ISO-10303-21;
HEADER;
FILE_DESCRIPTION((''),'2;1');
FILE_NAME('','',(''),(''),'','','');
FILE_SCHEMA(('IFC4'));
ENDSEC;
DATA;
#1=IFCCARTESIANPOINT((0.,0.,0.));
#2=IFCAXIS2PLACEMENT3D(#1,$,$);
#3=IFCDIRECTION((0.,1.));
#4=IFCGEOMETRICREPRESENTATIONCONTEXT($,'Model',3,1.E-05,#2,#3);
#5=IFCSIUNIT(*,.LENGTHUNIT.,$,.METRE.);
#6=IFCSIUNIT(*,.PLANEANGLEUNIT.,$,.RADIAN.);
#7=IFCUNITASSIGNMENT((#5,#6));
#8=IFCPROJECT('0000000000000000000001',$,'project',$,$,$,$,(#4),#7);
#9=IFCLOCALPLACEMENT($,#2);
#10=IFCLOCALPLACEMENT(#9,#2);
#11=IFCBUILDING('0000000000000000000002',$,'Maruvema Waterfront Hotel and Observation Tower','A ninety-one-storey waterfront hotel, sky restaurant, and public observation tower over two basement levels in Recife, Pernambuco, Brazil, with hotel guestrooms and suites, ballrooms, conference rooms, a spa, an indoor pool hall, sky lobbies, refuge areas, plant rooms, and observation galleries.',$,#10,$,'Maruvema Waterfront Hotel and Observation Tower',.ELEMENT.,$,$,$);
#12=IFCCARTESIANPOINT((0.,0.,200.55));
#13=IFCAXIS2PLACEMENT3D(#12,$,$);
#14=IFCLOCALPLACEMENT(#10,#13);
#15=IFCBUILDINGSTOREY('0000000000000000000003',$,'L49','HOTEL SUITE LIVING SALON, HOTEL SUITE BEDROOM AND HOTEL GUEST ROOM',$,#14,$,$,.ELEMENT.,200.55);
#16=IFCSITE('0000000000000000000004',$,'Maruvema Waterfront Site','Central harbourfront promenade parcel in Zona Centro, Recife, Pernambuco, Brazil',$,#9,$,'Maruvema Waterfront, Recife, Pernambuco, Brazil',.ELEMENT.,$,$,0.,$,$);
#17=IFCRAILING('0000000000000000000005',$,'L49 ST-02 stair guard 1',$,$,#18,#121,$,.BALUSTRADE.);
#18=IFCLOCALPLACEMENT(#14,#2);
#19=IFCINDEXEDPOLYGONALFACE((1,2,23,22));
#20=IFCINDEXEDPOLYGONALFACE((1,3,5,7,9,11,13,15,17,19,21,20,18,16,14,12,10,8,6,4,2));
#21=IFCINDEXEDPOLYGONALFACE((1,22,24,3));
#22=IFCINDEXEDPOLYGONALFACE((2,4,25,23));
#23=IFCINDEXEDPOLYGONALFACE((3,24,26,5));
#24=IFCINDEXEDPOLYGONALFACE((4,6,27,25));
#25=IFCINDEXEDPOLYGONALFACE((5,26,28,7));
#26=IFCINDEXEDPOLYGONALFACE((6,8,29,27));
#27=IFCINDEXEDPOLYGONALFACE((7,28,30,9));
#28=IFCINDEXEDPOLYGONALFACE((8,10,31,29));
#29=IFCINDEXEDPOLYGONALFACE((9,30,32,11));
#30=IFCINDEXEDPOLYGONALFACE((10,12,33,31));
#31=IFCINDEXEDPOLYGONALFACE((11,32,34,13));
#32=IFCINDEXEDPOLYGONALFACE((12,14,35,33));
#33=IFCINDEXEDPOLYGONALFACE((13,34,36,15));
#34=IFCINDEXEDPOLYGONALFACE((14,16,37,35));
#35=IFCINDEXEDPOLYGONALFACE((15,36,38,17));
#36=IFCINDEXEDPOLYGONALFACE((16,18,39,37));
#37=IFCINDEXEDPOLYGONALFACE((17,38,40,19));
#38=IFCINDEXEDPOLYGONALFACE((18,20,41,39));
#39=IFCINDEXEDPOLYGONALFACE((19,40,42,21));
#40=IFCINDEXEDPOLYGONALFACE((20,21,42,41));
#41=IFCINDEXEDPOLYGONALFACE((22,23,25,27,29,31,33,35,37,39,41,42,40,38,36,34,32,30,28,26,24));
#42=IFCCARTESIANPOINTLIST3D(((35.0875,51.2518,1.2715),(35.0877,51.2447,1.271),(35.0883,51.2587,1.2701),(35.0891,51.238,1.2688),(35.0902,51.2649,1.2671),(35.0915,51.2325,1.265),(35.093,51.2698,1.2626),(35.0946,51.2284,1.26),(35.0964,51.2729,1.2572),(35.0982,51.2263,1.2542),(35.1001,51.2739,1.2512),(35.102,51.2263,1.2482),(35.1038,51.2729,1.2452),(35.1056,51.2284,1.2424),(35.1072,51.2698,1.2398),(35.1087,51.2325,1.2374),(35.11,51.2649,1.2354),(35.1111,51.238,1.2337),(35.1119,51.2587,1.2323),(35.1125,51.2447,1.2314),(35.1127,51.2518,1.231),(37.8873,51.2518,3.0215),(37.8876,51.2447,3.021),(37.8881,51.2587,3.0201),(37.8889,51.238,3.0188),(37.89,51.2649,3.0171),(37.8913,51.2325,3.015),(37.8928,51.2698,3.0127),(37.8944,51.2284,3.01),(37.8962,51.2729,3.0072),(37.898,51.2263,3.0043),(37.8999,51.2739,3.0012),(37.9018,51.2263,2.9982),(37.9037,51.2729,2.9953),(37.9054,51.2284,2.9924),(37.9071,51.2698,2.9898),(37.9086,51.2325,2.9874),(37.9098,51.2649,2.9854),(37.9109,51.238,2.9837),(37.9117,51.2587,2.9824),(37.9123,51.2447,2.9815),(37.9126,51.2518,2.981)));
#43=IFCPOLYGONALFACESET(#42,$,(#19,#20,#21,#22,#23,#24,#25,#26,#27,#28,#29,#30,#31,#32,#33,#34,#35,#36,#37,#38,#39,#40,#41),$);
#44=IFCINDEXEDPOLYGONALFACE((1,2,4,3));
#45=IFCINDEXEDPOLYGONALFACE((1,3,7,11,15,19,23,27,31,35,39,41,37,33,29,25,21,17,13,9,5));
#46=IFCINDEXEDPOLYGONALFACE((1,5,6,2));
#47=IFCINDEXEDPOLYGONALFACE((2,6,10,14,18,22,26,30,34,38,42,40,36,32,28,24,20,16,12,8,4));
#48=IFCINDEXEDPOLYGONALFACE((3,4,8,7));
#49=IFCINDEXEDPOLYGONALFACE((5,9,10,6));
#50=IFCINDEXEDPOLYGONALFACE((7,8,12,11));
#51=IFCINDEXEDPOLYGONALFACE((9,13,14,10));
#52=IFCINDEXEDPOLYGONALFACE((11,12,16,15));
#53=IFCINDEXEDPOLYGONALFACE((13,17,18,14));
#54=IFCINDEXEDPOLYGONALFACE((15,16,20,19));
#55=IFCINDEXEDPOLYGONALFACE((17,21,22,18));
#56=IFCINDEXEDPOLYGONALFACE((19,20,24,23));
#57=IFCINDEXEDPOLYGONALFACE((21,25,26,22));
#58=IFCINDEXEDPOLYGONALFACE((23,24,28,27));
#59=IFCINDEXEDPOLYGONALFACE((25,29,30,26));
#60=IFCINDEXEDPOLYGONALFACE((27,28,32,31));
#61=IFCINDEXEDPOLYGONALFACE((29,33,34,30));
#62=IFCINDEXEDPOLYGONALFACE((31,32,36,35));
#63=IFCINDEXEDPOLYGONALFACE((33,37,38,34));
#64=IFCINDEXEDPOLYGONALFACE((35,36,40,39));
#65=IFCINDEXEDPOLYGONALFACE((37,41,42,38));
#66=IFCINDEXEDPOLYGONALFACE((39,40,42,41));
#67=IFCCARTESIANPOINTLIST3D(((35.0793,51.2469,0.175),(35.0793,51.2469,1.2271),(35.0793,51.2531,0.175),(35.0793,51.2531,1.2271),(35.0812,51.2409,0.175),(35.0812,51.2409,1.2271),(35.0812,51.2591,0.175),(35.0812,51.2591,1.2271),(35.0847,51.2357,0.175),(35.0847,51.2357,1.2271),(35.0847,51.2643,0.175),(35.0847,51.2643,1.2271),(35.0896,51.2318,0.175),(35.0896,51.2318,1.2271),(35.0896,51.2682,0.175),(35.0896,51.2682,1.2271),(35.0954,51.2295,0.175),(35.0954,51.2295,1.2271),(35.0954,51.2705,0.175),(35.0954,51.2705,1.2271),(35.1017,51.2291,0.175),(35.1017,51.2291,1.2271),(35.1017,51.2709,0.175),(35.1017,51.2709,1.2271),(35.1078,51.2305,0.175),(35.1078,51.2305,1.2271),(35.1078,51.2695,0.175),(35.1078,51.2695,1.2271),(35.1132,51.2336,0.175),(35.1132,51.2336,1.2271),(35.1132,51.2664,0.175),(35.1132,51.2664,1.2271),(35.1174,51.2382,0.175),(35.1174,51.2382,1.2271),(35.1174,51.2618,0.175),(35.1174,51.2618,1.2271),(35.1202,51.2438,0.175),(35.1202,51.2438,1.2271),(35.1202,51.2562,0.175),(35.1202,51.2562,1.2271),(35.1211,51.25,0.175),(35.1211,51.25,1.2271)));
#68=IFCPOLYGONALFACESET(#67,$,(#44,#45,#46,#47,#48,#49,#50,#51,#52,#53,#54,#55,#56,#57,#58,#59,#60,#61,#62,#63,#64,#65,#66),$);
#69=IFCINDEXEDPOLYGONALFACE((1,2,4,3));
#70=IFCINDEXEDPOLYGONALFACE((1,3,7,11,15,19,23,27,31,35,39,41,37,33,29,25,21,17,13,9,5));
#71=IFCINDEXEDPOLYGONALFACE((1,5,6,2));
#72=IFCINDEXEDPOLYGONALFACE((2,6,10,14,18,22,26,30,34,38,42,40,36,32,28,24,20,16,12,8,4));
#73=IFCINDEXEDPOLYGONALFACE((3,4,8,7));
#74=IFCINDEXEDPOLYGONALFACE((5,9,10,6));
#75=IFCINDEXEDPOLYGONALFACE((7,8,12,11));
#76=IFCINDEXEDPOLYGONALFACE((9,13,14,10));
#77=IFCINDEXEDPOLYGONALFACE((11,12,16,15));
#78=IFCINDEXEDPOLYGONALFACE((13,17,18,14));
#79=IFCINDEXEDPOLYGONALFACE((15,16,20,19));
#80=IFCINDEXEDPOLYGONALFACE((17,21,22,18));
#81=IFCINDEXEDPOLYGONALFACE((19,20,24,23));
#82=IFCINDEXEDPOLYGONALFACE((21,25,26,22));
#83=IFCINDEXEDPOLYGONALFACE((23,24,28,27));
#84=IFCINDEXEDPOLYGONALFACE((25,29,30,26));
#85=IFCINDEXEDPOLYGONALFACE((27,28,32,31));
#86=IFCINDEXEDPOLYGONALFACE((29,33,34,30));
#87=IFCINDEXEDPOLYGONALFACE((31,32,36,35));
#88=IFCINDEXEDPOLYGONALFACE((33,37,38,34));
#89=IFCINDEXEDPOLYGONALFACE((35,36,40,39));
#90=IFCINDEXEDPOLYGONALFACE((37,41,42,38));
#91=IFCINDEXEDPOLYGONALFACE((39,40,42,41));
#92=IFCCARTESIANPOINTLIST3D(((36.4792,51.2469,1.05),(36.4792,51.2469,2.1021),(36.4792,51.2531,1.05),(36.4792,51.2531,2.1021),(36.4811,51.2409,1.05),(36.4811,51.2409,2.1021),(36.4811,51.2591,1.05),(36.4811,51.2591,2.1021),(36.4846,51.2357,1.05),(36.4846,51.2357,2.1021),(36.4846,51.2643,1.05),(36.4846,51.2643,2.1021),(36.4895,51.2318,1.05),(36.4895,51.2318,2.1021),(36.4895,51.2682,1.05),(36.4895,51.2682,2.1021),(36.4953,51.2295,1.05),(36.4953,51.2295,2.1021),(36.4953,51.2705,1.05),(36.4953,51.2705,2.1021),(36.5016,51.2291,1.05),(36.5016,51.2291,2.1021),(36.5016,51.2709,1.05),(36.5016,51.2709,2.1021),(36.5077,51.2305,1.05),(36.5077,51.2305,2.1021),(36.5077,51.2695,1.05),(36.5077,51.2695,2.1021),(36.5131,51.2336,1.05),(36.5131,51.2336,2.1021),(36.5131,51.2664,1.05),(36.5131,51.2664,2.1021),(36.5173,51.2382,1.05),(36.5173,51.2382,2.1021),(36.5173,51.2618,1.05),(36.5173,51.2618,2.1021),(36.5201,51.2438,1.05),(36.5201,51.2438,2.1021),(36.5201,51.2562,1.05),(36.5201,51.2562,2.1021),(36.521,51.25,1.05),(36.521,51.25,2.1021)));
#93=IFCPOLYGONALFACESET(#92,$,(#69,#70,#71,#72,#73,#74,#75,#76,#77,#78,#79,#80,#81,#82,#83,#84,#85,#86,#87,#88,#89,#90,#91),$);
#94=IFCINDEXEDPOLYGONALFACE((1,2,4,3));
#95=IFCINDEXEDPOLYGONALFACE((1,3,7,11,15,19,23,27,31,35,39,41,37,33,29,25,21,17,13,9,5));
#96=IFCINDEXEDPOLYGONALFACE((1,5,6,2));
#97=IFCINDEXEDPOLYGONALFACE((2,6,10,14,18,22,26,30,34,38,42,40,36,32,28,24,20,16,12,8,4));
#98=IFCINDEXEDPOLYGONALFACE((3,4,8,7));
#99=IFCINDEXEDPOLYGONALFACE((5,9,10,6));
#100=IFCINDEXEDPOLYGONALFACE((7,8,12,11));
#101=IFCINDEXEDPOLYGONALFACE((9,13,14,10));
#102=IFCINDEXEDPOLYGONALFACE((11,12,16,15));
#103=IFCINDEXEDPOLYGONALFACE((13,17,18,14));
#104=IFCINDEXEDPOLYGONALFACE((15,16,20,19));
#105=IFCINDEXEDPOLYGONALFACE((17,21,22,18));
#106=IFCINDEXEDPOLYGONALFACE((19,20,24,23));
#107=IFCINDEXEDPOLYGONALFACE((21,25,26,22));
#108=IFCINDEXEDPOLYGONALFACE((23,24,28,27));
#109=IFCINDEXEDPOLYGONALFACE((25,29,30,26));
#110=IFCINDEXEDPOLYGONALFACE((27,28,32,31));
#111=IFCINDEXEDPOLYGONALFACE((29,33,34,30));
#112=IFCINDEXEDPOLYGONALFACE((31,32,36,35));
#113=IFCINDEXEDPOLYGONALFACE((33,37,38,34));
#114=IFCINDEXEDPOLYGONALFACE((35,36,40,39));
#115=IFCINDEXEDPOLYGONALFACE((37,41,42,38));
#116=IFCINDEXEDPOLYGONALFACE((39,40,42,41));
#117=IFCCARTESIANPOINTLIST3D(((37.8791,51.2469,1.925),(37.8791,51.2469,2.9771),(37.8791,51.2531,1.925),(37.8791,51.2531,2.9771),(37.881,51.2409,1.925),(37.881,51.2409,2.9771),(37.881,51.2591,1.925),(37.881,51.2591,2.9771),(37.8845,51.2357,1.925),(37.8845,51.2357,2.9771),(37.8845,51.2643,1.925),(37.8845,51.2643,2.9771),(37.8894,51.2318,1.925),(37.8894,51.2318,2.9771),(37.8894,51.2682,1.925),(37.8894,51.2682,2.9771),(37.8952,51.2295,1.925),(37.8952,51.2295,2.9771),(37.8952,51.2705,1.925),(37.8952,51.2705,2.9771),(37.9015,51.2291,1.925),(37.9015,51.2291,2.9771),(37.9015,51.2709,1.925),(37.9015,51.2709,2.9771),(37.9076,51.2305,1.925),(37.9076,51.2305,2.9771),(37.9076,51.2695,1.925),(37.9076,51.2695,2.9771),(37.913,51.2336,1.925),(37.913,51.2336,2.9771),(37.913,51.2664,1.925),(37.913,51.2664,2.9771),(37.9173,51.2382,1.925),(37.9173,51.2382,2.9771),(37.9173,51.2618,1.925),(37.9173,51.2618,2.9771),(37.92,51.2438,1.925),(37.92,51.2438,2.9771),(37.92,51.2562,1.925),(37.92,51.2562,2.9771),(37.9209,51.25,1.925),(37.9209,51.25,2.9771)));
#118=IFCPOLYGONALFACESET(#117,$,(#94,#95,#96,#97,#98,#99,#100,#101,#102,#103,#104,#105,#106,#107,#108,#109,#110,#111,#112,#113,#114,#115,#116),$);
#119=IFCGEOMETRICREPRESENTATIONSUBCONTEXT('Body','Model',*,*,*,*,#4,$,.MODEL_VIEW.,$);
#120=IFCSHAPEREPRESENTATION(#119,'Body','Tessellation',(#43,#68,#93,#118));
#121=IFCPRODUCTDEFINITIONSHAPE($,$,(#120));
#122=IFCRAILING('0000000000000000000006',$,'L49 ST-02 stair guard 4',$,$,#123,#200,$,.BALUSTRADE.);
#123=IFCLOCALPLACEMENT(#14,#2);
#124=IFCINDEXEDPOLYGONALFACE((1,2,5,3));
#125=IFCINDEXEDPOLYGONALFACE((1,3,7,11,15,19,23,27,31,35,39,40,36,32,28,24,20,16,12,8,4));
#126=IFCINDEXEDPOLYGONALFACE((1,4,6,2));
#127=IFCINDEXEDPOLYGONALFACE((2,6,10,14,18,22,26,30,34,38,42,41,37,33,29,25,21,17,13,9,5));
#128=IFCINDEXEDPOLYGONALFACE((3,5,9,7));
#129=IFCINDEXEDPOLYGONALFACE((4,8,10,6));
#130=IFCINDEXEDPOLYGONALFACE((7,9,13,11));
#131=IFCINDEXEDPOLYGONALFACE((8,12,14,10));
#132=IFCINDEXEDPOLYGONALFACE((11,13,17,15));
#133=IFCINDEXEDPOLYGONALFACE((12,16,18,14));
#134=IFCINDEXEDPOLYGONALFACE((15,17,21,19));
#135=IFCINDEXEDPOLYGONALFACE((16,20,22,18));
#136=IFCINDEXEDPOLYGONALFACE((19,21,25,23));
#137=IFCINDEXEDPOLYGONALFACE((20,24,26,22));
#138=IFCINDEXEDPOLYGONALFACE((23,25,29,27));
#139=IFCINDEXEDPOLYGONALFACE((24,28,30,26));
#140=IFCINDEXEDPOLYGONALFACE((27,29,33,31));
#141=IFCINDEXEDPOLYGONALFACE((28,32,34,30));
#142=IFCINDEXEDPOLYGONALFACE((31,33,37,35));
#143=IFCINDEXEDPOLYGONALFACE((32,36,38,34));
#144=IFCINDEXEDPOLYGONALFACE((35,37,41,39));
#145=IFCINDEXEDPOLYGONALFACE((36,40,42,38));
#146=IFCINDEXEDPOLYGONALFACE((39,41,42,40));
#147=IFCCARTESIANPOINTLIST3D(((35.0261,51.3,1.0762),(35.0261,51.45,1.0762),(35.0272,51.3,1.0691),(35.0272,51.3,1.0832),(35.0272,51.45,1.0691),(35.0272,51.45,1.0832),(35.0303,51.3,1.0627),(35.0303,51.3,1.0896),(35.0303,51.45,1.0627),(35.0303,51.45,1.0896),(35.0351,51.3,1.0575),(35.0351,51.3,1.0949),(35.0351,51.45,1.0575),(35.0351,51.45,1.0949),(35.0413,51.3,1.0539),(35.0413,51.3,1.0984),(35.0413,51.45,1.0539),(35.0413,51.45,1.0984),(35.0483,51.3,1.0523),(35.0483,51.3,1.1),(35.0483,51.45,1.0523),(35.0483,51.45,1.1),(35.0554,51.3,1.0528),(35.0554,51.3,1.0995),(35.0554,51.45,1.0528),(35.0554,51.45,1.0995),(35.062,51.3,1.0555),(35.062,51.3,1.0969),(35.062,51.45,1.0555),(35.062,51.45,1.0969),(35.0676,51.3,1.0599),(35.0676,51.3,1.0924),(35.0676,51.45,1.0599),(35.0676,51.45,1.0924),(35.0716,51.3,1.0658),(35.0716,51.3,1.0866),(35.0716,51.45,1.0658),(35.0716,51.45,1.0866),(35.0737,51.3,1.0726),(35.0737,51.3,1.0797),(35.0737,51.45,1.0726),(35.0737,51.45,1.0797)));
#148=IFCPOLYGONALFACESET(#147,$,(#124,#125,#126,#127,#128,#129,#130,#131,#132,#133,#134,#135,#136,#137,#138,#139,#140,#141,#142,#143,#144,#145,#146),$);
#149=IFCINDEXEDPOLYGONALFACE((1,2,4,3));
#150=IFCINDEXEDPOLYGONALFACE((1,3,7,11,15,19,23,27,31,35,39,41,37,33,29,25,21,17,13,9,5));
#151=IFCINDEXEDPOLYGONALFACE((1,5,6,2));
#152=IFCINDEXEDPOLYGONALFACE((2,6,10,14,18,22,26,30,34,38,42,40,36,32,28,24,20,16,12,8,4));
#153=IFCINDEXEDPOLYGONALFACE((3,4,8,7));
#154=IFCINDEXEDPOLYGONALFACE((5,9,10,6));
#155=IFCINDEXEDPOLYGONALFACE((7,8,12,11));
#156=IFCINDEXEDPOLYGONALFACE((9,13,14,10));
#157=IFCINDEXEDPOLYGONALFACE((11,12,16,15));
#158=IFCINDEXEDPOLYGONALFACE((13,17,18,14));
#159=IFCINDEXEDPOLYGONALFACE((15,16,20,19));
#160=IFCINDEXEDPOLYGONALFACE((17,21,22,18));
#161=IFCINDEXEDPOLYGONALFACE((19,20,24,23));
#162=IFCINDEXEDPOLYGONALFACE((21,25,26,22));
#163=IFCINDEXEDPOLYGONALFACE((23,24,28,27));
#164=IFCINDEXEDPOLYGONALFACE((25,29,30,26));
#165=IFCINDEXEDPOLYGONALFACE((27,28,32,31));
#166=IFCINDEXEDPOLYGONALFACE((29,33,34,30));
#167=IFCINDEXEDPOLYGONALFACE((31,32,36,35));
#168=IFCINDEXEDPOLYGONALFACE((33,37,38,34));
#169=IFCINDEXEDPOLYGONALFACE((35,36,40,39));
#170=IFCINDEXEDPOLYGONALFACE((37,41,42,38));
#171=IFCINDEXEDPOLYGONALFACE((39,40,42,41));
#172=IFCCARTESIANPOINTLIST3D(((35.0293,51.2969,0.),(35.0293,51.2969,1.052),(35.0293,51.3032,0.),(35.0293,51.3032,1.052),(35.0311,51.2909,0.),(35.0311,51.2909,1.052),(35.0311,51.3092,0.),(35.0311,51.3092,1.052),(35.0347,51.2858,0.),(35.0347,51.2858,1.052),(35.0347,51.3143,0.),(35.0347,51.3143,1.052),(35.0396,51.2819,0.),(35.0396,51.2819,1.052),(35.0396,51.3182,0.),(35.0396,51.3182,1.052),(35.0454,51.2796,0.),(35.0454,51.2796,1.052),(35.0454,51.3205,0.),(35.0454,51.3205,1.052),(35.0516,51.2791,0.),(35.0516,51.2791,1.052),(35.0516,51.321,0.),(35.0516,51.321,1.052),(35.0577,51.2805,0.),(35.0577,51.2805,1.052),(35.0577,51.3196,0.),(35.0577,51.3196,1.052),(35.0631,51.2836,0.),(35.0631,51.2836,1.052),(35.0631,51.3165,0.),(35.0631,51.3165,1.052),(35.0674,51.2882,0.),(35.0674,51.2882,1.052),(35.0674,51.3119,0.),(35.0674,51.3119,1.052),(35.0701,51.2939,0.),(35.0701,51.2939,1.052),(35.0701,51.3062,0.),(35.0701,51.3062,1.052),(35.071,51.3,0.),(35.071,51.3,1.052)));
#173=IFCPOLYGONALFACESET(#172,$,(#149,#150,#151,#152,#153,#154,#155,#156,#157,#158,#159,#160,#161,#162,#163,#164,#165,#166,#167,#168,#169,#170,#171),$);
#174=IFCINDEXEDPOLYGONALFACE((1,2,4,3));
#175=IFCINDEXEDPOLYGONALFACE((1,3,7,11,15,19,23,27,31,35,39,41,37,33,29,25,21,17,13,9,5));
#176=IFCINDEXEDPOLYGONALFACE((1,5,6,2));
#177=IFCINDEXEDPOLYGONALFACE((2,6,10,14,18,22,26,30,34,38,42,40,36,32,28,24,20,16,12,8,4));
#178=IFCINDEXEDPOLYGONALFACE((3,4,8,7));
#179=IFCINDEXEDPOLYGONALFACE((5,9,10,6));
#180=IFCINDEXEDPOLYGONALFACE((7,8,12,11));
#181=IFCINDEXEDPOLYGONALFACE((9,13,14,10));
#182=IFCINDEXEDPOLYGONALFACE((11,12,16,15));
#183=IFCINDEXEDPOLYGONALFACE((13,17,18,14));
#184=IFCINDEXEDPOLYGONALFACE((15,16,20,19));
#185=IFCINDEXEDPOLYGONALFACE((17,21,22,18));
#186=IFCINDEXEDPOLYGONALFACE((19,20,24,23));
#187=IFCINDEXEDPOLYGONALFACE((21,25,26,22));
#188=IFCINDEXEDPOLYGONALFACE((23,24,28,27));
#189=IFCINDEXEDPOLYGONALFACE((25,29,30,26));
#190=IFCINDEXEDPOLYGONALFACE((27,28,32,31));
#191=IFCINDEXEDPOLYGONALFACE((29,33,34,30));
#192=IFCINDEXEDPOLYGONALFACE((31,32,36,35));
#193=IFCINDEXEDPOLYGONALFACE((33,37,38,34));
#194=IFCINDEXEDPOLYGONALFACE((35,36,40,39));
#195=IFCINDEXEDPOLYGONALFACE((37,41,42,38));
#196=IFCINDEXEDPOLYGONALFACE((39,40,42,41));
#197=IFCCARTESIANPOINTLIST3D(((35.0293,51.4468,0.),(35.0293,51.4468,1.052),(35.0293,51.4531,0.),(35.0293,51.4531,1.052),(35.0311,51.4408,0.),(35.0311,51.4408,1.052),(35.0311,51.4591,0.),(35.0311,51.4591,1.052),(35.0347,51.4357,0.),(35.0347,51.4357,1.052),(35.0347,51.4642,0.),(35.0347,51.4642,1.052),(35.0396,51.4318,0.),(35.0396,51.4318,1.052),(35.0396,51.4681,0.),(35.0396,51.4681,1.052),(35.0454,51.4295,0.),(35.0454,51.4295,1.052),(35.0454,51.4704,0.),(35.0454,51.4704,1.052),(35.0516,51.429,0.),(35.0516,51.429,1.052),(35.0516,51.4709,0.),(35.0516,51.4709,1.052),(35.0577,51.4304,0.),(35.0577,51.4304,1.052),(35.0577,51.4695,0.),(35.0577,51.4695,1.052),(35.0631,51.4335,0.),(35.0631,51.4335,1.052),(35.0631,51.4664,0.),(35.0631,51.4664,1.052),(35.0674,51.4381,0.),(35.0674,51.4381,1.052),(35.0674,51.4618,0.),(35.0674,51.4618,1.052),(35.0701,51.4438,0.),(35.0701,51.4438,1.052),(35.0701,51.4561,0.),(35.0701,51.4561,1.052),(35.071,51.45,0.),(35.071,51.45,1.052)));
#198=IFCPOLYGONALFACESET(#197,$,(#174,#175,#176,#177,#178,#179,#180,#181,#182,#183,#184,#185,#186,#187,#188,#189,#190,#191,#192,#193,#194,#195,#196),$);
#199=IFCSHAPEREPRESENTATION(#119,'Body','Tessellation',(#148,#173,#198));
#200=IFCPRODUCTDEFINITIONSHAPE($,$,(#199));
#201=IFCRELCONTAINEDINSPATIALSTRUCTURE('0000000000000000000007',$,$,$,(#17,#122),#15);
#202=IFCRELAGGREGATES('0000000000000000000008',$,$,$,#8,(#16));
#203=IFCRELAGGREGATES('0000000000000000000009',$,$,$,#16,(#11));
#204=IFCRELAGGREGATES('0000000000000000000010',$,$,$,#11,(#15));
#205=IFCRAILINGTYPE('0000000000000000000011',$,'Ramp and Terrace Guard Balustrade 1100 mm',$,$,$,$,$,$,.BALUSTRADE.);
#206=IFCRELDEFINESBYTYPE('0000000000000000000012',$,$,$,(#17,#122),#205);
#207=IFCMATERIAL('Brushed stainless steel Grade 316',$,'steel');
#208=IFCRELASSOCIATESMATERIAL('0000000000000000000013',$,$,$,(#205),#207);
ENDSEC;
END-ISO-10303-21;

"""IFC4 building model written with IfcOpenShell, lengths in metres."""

from ifc_helpers import new_model, si_unit, direction, frame, origin, origin_2d, place, context, subcontext, project, spatial, circle, extrude, material, type_object, element, save


model = new_model("IFC4")

# Units and contexts
model_context = context("Model", 3, precision=1e-05, world=origin(), true_north=direction((0.0, 1.0)))
body_context = subcontext(model_context, "Body", "Model", "MODEL_VIEW")
ifc_project = project(units=[si_unit("LENGTHUNIT", "METRE"), si_unit("PLANEANGLEUNIT", "RADIAN")], contexts=[model_context])

# Site, building, storey
site_placement = place(None, origin())
site = spatial("IfcSite", under=ifc_project, at=site_placement, Name="Maruvema Waterfront Site", Description="Central harbourfront promenade parcel in Zona Centro, Recife, Pernambuco, Brazil", LongName="Maruvema Waterfront, Recife, Pernambuco, Brazil", CompositionType="ELEMENT", RefElevation=0.0)
building_placement = place(site_placement, origin())
building = spatial("IfcBuilding", under=site, at=building_placement, Name="Maruvema Waterfront Hotel and Observation Tower", Description="A ninety-one-storey waterfront hotel, sky restaurant, and public observation tower over two basement levels in Recife, Pernambuco, Brazil, with hotel guestrooms and suites, ballrooms, conference rooms, a spa, an indoor pool hall, sky lobbies, refuge areas, plant rooms, and observation galleries.", LongName="Maruvema Waterfront Hotel and Observation Tower", CompositionType="ELEMENT")
storey_placement = place(building_placement, frame((0.0, 0.0, 200.55)))
storey = spatial("IfcBuildingStorey", under=building, at=storey_placement, Name="L49", Description="HOTEL SUITE LIVING SALON, HOTEL SUITE BEDROOM AND HOTEL GUEST ROOM", CompositionType="ELEMENT", Elevation=200.55)

# Railings
ifc_material_1 = material(Name="Brushed stainless steel Grade 316", Category="steel")
railing_type_1 = type_object("IfcRailingType", Name="Ramp and Terrace Guard Balustrade 1100 mm", PredefinedType="BALUSTRADE", material=ifc_material_1)
railing_1_placement = place(storey_placement, frame((35.1001, 51.25, 0.175)))
element("IfcRailing", 1, at=railing_1_placement, inside=storey, type_object=railing_type_1, Name="L49 ST-02 stair guard 1", PredefinedType="BALUSTRADE", context=body_context, shape_type="SweptSolid", body=[
    extrude(circle(Radius=0.0239, at=origin_2d()), frame((0.0, 0.0, 1.0762), z_axis=(0.847982, 0.0, 0.530026), x_axis=(0.0, 1.0, 0.0)), (0.0, 0.0, 1.0), 3.3018),
    extrude(circle(Radius=0.021, at=origin_2d()), origin(), (0.0, 0.0, 1.0), 1.052),
    extrude(circle(Radius=0.021, at=origin_2d()), frame((1.3999, 0.0, 0.875)), (0.0, 0.0, 1.0), 1.052),
    extrude(circle(Radius=0.021, at=origin_2d()), frame((2.7998, 0.0, 1.75)), (0.0, 0.0, 1.0), 1.052),
])
railing_2_placement = place(storey_placement, frame((35.05, 51.3, 0.0)))
element("IfcRailing", 2, at=railing_2_placement, inside=storey, type_object=railing_type_1, Name="L49 ST-02 stair guard 4", PredefinedType="BALUSTRADE", context=body_context, shape_type="SweptSolid", body=[
    extrude(circle(Radius=0.0239, at=origin_2d()), frame((0.0, 0.0, 1.0762), z_axis=(0.0, 1.0, 0.0), x_axis=(-1.0, 0.0, 0.0)), (0.0, 0.0, 1.0), 0.1499),
    extrude(circle(Radius=0.021, at=origin_2d()), origin(), (0.0, 0.0, 1.0), 1.052),
    extrude(circle(Radius=0.021, at=origin_2d()), frame((0.0, 0.1499, 0.0)), (0.0, 0.0, 1.0), 1.052),
])

save(model, "model.ifc")
